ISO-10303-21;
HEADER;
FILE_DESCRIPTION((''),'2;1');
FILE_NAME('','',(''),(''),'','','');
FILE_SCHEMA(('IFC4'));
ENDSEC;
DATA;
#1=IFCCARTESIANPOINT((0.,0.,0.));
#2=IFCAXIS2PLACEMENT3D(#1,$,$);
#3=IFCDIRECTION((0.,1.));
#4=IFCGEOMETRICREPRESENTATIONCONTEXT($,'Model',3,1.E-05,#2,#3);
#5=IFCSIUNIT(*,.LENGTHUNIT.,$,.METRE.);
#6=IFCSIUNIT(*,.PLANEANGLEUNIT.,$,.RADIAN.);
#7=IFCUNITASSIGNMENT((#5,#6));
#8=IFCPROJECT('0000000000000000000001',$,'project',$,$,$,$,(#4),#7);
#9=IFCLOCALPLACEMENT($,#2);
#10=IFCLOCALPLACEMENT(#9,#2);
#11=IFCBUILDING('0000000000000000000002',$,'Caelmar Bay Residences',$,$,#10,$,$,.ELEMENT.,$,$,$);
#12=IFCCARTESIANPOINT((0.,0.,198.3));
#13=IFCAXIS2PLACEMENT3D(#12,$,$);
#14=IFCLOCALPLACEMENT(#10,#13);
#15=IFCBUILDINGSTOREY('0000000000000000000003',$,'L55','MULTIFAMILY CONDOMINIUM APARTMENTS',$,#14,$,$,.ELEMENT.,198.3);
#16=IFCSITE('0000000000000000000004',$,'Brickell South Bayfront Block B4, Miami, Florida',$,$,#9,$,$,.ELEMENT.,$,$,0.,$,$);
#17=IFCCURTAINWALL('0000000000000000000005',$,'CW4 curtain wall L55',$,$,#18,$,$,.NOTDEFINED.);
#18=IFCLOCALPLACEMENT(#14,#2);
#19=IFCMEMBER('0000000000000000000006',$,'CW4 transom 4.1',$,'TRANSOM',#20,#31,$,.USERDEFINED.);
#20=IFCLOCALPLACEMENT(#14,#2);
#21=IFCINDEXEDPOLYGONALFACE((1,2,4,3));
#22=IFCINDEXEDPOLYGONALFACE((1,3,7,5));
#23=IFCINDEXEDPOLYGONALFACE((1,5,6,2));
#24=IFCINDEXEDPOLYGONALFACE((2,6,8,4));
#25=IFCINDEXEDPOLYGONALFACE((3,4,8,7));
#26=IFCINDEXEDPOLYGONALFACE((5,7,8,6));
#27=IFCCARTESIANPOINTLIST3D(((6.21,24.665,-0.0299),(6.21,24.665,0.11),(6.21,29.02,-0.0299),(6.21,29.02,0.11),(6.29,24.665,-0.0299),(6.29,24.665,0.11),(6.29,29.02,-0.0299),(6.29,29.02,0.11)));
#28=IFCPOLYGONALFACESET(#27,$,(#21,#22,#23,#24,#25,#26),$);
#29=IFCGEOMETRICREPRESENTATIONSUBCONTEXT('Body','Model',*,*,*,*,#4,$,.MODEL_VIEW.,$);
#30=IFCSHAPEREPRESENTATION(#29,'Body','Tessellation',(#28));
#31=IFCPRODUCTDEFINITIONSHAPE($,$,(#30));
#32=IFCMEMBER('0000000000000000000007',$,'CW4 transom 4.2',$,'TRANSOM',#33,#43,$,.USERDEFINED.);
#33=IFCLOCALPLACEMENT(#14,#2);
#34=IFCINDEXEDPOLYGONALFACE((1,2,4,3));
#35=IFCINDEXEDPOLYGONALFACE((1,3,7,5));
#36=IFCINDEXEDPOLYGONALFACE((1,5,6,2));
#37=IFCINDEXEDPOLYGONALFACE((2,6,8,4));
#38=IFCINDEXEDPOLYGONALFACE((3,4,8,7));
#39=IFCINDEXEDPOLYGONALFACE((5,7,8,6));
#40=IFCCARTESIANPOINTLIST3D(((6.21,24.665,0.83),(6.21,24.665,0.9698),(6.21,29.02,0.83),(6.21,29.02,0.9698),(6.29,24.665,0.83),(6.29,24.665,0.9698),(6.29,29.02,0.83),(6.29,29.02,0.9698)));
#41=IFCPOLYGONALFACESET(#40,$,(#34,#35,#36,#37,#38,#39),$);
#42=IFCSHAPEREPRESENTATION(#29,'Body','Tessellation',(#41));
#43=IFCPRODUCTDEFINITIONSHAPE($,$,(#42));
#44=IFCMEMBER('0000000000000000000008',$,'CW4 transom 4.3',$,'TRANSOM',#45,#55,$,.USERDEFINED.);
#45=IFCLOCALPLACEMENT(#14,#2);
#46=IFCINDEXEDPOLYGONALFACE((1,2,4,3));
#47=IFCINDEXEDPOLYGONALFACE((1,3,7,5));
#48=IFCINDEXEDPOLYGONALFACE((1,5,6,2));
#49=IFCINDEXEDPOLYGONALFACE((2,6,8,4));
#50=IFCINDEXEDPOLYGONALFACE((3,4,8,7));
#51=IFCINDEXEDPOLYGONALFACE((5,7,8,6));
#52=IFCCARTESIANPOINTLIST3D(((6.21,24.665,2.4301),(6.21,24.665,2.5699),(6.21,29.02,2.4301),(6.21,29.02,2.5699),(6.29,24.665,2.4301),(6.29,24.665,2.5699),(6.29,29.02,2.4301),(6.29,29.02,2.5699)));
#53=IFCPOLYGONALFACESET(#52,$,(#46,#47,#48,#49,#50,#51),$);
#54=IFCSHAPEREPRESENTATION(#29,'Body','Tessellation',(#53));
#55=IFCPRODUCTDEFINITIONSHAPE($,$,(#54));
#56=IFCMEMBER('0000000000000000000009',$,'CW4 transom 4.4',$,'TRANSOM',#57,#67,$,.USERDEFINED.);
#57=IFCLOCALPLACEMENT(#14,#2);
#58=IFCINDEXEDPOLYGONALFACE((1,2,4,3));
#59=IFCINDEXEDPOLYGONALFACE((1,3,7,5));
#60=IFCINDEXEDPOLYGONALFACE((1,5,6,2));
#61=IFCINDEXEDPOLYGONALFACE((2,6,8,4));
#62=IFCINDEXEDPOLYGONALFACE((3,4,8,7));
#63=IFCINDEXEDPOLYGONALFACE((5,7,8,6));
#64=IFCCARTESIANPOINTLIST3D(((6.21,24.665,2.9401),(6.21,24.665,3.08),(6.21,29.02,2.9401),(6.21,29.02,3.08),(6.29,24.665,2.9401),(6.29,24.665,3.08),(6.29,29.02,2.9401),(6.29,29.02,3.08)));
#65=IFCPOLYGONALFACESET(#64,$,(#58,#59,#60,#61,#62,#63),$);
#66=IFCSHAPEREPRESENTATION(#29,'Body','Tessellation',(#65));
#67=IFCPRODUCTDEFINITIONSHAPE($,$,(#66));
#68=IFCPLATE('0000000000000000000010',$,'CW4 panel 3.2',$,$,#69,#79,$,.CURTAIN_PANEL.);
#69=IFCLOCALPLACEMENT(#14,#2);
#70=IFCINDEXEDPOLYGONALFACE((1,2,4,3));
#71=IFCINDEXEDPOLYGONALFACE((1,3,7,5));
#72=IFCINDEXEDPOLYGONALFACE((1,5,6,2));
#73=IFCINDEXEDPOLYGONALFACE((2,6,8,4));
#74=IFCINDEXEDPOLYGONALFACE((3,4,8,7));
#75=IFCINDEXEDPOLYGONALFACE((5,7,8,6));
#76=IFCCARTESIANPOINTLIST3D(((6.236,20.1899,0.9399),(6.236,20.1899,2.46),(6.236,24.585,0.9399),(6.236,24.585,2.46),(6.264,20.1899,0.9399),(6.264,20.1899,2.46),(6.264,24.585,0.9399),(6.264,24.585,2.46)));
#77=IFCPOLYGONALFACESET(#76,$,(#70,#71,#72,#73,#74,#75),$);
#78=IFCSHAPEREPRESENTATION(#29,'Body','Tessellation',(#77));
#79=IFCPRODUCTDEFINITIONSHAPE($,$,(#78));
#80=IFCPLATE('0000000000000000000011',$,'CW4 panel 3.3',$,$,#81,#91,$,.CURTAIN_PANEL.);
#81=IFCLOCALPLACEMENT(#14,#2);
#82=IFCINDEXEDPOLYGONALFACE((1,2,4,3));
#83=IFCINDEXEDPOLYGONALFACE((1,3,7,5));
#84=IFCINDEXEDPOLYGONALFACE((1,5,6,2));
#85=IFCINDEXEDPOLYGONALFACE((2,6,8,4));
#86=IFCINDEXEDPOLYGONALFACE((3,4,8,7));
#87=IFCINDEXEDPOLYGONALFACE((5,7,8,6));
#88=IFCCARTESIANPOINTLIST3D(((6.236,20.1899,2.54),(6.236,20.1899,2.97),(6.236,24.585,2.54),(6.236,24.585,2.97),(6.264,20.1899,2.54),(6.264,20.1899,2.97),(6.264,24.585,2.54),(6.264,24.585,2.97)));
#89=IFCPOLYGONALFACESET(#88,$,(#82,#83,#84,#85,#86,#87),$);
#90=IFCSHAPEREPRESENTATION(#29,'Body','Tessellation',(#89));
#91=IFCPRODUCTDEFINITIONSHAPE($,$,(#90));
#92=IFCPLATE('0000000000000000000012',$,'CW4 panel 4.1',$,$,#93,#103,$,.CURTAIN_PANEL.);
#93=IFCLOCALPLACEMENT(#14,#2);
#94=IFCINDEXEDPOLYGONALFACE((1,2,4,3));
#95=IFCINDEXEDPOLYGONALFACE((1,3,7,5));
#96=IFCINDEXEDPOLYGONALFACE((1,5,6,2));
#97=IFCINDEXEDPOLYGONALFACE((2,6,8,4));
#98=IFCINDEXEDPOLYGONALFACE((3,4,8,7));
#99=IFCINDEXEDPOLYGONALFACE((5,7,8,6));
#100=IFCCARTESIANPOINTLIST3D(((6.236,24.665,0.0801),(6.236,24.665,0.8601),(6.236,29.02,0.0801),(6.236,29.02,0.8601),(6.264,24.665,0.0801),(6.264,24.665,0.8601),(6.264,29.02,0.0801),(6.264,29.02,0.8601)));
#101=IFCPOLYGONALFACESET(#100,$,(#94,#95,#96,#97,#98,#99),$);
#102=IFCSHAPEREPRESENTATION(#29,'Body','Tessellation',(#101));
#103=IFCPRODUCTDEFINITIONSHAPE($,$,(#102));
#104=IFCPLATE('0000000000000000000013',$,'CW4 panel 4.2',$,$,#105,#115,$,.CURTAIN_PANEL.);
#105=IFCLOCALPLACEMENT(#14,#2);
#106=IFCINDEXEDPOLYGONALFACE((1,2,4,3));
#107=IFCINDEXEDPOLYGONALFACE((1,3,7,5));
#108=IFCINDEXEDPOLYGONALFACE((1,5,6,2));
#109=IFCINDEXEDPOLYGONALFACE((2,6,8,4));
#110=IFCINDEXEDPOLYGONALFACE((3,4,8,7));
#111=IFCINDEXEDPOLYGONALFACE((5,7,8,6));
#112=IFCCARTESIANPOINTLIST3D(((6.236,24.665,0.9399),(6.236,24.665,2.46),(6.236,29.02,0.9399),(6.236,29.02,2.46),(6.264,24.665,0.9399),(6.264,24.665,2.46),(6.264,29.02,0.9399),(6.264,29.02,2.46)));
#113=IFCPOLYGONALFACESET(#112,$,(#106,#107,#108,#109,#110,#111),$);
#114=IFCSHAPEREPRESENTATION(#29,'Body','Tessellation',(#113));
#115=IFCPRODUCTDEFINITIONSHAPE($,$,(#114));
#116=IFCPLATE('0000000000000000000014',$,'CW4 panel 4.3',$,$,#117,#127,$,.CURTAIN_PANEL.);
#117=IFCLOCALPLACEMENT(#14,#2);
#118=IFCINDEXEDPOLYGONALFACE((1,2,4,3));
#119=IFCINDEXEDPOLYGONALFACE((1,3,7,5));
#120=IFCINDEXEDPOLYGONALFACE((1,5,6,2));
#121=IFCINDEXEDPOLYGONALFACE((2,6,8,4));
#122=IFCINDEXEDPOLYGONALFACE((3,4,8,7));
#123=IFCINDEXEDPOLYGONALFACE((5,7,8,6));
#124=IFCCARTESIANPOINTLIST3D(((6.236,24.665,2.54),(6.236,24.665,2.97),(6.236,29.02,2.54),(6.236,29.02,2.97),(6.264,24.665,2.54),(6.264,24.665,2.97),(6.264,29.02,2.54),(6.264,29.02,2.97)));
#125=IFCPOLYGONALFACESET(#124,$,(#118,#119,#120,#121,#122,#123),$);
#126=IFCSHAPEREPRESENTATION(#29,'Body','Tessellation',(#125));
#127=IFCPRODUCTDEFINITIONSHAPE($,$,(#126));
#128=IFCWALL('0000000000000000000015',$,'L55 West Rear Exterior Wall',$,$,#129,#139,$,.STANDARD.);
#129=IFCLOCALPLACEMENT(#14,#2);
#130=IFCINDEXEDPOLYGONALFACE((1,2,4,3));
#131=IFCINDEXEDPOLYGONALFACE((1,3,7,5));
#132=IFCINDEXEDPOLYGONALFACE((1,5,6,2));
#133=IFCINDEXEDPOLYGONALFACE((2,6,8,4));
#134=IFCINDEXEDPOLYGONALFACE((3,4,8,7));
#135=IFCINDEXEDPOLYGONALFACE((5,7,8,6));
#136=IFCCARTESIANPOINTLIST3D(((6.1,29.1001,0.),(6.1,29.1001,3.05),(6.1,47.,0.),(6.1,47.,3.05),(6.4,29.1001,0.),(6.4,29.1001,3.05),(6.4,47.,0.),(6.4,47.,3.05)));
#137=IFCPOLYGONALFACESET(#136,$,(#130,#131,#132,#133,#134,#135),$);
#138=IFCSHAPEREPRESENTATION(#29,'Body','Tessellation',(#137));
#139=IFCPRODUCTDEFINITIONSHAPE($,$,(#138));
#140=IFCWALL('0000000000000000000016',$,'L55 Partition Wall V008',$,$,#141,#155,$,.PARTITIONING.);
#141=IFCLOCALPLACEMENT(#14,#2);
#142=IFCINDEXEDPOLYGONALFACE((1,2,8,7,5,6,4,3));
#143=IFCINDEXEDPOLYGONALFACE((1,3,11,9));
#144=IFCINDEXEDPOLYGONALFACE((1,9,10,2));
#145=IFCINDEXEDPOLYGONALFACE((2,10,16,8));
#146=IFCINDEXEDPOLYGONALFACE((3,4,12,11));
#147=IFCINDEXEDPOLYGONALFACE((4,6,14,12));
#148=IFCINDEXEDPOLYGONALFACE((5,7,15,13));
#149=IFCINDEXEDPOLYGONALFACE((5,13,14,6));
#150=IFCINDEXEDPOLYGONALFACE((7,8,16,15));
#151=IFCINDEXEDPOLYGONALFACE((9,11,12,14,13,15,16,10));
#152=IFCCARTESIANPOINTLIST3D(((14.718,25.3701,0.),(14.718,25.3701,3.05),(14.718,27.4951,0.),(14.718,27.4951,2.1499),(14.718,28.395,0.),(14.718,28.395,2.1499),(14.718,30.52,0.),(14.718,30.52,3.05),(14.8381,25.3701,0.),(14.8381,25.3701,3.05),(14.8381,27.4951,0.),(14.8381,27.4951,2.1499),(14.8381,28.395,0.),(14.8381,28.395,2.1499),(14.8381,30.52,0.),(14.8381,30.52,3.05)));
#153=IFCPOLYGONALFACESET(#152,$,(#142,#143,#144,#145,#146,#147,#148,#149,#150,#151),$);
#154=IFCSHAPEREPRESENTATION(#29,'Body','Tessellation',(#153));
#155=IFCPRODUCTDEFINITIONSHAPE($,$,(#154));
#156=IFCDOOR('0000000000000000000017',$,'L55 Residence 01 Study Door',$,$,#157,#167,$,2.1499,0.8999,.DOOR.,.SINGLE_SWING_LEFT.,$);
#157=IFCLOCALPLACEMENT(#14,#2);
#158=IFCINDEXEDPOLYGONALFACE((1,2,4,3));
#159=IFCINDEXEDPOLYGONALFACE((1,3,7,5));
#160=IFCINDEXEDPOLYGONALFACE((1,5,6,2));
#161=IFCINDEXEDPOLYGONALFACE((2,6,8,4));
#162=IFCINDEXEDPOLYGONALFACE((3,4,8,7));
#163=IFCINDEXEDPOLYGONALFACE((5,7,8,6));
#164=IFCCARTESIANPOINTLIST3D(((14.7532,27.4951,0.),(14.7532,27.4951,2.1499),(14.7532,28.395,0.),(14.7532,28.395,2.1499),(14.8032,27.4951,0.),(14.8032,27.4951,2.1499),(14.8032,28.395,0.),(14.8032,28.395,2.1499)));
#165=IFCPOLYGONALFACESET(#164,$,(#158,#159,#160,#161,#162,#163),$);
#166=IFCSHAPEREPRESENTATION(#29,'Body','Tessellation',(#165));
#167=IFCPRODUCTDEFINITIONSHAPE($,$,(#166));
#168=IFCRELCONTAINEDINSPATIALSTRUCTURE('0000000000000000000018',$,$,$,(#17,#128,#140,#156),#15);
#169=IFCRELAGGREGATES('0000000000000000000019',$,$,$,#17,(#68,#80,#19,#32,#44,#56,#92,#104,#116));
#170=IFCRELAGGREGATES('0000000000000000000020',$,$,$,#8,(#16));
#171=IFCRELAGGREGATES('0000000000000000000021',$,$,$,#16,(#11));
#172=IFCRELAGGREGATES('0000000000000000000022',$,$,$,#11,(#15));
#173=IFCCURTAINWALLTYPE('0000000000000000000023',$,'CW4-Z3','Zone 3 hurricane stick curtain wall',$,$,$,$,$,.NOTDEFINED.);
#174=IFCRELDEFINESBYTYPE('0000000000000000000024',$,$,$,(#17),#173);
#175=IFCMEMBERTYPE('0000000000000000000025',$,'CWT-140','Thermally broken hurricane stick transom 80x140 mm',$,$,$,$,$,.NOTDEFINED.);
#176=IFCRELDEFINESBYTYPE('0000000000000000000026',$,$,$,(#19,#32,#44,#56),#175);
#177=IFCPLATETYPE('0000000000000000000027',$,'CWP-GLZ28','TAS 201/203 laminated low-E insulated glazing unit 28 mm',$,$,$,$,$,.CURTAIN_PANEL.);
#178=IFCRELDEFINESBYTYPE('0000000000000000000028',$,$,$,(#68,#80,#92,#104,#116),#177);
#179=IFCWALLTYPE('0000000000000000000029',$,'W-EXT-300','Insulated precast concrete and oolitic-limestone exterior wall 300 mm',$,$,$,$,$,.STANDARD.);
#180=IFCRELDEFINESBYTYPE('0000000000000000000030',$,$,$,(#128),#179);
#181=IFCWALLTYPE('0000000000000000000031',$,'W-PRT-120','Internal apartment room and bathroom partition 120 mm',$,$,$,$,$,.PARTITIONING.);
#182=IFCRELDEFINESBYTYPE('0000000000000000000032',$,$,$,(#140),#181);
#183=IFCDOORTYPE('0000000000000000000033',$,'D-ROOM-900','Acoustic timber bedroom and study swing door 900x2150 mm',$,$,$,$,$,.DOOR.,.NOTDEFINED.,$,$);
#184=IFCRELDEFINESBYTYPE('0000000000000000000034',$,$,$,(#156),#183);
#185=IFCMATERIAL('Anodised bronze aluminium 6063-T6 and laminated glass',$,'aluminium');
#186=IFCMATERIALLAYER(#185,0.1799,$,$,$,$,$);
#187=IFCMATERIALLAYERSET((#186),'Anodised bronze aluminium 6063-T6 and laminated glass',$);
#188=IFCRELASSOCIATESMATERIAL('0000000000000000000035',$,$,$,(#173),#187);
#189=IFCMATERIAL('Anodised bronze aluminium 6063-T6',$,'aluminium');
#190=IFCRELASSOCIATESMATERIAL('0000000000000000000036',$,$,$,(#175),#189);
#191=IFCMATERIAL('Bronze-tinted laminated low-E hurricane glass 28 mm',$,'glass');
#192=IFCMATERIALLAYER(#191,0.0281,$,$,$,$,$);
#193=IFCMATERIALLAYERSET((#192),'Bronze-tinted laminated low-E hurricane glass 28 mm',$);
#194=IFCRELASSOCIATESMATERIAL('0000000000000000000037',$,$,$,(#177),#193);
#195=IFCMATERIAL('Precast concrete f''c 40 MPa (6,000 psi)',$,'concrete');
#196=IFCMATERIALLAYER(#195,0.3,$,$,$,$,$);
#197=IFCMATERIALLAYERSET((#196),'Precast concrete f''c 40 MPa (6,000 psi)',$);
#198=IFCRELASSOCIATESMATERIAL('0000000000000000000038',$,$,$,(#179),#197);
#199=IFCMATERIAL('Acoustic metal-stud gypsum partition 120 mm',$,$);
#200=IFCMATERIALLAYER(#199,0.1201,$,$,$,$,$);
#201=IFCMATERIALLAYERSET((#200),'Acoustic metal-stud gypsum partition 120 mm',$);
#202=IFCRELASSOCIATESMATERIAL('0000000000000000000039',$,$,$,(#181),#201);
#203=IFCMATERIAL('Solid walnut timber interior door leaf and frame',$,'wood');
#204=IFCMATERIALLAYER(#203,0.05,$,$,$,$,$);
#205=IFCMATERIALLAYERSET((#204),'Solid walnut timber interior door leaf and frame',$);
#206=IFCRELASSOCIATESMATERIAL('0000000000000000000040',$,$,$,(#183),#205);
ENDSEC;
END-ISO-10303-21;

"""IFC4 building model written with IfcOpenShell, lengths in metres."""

from ifc_helpers import new_model, si_unit, direction, frame, frame_2d, origin, origin_2d, place, context, subcontext, project, spatial, rectangle, extrude, material, layer, layer_set, material_profile, profile_set, type_object, element, fill, aggregate, save


model = new_model("IFC4")

# Units and contexts
model_context = context("Model", 3, precision=1e-05, world=origin(), true_north=direction((0.0, 1.0)))
body_context = subcontext(model_context, "Body", "Model", "MODEL_VIEW")
ifc_project = project(units=[si_unit("LENGTHUNIT", "METRE"), si_unit("PLANEANGLEUNIT", "RADIAN")], contexts=[model_context])

# Site, building, storey
site_placement = place(None, origin())
site = spatial("IfcSite", under=ifc_project, at=site_placement, Name="Brickell South Bayfront Block B4, Miami, Florida", CompositionType="ELEMENT", RefElevation=0.0)
building_placement = place(site_placement, origin())
building = spatial("IfcBuilding", under=site, at=building_placement, Name="Caelmar Bay Residences", CompositionType="ELEMENT")
storey_placement = place(building_placement, frame((0.0, 0.0, 198.3)))
storey = spatial("IfcBuildingStorey", under=building, at=storey_placement, Name="L55", Description="MULTIFAMILY CONDOMINIUM APARTMENTS", CompositionType="ELEMENT", Elevation=198.3)

# Curtain wall, members, plates
ifc_material_1 = material(Name="Anodised bronze aluminium 6063-T6 and laminated glass", Category="aluminium")
ifc_layer_1 = layer(ifc_material_1, 0.1799)
ifc_layer_set_1 = layer_set([ifc_layer_1], Name="Anodised bronze aluminium 6063-T6 and laminated glass")
curtain_wall_type = type_object("IfcCurtainWallType", Name="CW4-Z3", Description="Zone 3 hurricane stick curtain wall", PredefinedType="NOTDEFINED", material=ifc_layer_set_1)
curtain_wall_placement = place(storey_placement, origin())
curtain_wall = element("IfcCurtainWall", 1, at=curtain_wall_placement, inside=storey, type_object=curtain_wall_type, Name="CW4 curtain wall L55", PredefinedType="NOTDEFINED")
ifc_material_2 = material(Name="Anodised bronze aluminium 6063-T6", Category="aluminium")
ifc_material_profile_1 = material_profile(ifc_material_2, rectangle(XDim=0.0801, YDim=0.1399, at=origin_2d()), Name="CWT-80X140")
ifc_profile_set_1 = profile_set([ifc_material_profile_1], Name="Anodised bronze aluminium 6063-T6")
member_type_1 = type_object("IfcMemberType", Name="CWT-140", Description="Thermally broken hurricane stick transom 80x140 mm", PredefinedType="NOTDEFINED", material=ifc_profile_set_1)
member_1_placement = place(storey_placement, frame((6.25, 24.665, 0.04), z_axis=(0.0, 1.0, 0.0), x_axis=(-1.0, 0.0, 0.0)))
member_1 = element("IfcMember", 2, at=member_1_placement, type_object=member_type_1, Name="CW4 transom 4.1", ObjectType="TRANSOM", PredefinedType="USERDEFINED", context=body_context, shape_type="SweptSolid", body=[
    extrude(rectangle(XDim=0.0801, YDim=0.1399, at=origin_2d()), origin(), (0.0, 0.0, 1.0), 4.355),
])
member_2_placement = place(storey_placement, frame((6.25, 24.665, 0.8999), z_axis=(0.0, 1.0, 0.0), x_axis=(-1.0, 0.0, 0.0)))
member_2 = element("IfcMember", 3, at=member_2_placement, type_object=member_type_1, Name="CW4 transom 4.2", ObjectType="TRANSOM", PredefinedType="USERDEFINED", context=body_context, shape_type="SweptSolid", body=[
    extrude(rectangle(XDim=0.0801, YDim=0.1399, at=origin_2d()), origin(), (0.0, 0.0, 1.0), 4.355),
])
member_3_placement = place(storey_placement, frame((6.25, 24.665, 2.5), z_axis=(0.0, 1.0, 0.0), x_axis=(-1.0, 0.0, 0.0)))
member_3 = element("IfcMember", 4, at=member_3_placement, type_object=member_type_1, Name="CW4 transom 4.3", ObjectType="TRANSOM", PredefinedType="USERDEFINED", context=body_context, shape_type="SweptSolid", body=[
    extrude(rectangle(XDim=0.0801, YDim=0.1399, at=origin_2d()), origin(), (0.0, 0.0, 1.0), 4.355),
])
member_4_placement = place(storey_placement, frame((6.25, 24.665, 3.01), z_axis=(0.0, 1.0, 0.0), x_axis=(-1.0, 0.0, 0.0)))
member_4 = element("IfcMember", 5, at=member_4_placement, type_object=member_type_1, Name="CW4 transom 4.4", ObjectType="TRANSOM", PredefinedType="USERDEFINED", context=body_context, shape_type="SweptSolid", body=[
    extrude(rectangle(XDim=0.0801, YDim=0.1399, at=origin_2d()), origin(), (0.0, 0.0, 1.0), 4.355),
])
ifc_material_3 = material(Name="Bronze-tinted laminated low-E hurricane glass 28 mm", Category="glass")
ifc_layer_2 = layer(ifc_material_3, 0.0281)
ifc_layer_set_2 = layer_set([ifc_layer_2], Name="Bronze-tinted laminated low-E hurricane glass 28 mm")
plate_type = type_object("IfcPlateType", Name="CWP-GLZ28", Description="TAS 201/203 laminated low-E insulated glazing unit 28 mm", PredefinedType="CURTAIN_PANEL", material=ifc_layer_set_2)
plate_1_placement = place(storey_placement, frame((6.25, 22.3875, 0.9399), z_axis=(0.0, 0.0, 1.0), x_axis=(0.0, 1.0, 0.0)))
plate_1 = element("IfcPlate", 6, at=plate_1_placement, type_object=plate_type, Name="CW4 panel 3.2", PredefinedType="CURTAIN_PANEL", context=body_context, shape_type="SweptSolid", body=[
    extrude(rectangle(XDim=4.395, YDim=0.0281, at=origin_2d()), origin(), (0.0, 0.0, 1.0), 1.52),
])
plate_2_placement = place(storey_placement, frame((6.25, 22.3875, 2.54), z_axis=(0.0, 0.0, 1.0), x_axis=(0.0, 1.0, 0.0)))
plate_2 = element("IfcPlate", 7, at=plate_2_placement, type_object=plate_type, Name="CW4 panel 3.3", PredefinedType="CURTAIN_PANEL", context=body_context, shape_type="SweptSolid", body=[
    extrude(rectangle(XDim=4.395, YDim=0.0281, at=origin_2d()), origin(), (0.0, 0.0, 1.0), 0.4299),
])
plate_3_placement = place(storey_placement, frame((6.25, 26.8425, 0.0801), z_axis=(0.0, 0.0, 1.0), x_axis=(0.0, 1.0, 0.0)))
plate_3 = element("IfcPlate", 8, at=plate_3_placement, type_object=plate_type, Name="CW4 panel 4.1", PredefinedType="CURTAIN_PANEL", context=body_context, shape_type="SweptSolid", body=[
    extrude(rectangle(XDim=4.355, YDim=0.0281, at=origin_2d()), origin(), (0.0, 0.0, 1.0), 0.78),
])
plate_4_placement = place(storey_placement, frame((6.25, 26.8425, 0.9399), z_axis=(0.0, 0.0, 1.0), x_axis=(0.0, 1.0, 0.0)))
plate_4 = element("IfcPlate", 9, at=plate_4_placement, type_object=plate_type, Name="CW4 panel 4.2", PredefinedType="CURTAIN_PANEL", context=body_context, shape_type="SweptSolid", body=[
    extrude(rectangle(XDim=4.355, YDim=0.0281, at=origin_2d()), origin(), (0.0, 0.0, 1.0), 1.52),
])
plate_5_placement = place(storey_placement, frame((6.25, 26.8425, 2.54), z_axis=(0.0, 0.0, 1.0), x_axis=(0.0, 1.0, 0.0)))
plate_5 = element("IfcPlate", 10, at=plate_5_placement, type_object=plate_type, Name="CW4 panel 4.3", PredefinedType="CURTAIN_PANEL", context=body_context, shape_type="SweptSolid", body=[
    extrude(rectangle(XDim=4.355, YDim=0.0281, at=origin_2d()), origin(), (0.0, 0.0, 1.0), 0.4299),
])
aggregate(curtain_wall, [plate_1, plate_2, member_1, member_2, member_3, member_4, plate_3, plate_4, plate_5])

# Wall
ifc_material_4 = material(Name="Precast concrete f'c 40 MPa (6,000 psi)", Category="concrete")
ifc_layer_3 = layer(ifc_material_4, 0.3)
ifc_layer_set_3 = layer_set([ifc_layer_3], Name="Precast concrete f'c 40 MPa (6,000 psi)")
wall_type_1 = type_object("IfcWallType", Name="W-EXT-300", Description="Insulated precast concrete and oolitic-limestone exterior wall 300 mm", PredefinedType="STANDARD", material=ifc_layer_set_3)
wall_1_placement = place(storey_placement, frame((6.25, 29.1001, 0.0), z_axis=(0.0, 0.0, 1.0), x_axis=(0.0, 1.0, 0.0)))
element("IfcWall", 11, at=wall_1_placement, inside=storey, type_object=wall_type_1, Name="L55 West Rear Exterior Wall", PredefinedType="STANDARD", context=body_context, shape_type="SweptSolid", body=[
    extrude(rectangle(XDim=17.8999, YDim=0.3, at=frame_2d((8.95, 0.0))), origin(), (0.0, 0.0, 1.0), 3.05),
])

# Wall, opening, door
ifc_material_5 = material(Name="Acoustic metal-stud gypsum partition 120 mm")
ifc_layer_4 = layer(ifc_material_5, 0.1201)
ifc_layer_set_4 = layer_set([ifc_layer_4], Name="Acoustic metal-stud gypsum partition 120 mm")
wall_type_2 = type_object("IfcWallType", Name="W-PRT-120", Description="Internal apartment room and bathroom partition 120 mm", PredefinedType="PARTITIONING", material=ifc_layer_set_4)
wall_2_placement = place(storey_placement, frame((14.7781, 25.3701, 0.0), z_axis=(0.0, 0.0, 1.0), x_axis=(0.0, 1.0, 0.0)))
wall_2 = element("IfcWall", 12, at=wall_2_placement, inside=storey, type_object=wall_type_2, Name="L55 Partition Wall V008", PredefinedType="PARTITIONING", context=body_context, shape_type="SweptSolid", body=[
    extrude(rectangle(XDim=5.1499, YDim=0.1201, at=frame_2d((2.575, 0.0))), origin(), (0.0, 0.0, 1.0), 3.05),
])
opening_1_placement = place(wall_2_placement, frame((2.125, 0.0, 0.0)))
opening_1 = element("IfcOpeningElement", 13, at=opening_1_placement, cuts=wall_2, PredefinedType="OPENING", context=body_context, shape_type="SweptSolid", body=[
    extrude(rectangle(XDim=0.8999, YDim=2.1499, at=frame_2d((0.45, 1.075))), frame((0.0, 0.0701, 0.0), z_axis=(0.0, -1.0, 0.0), x_axis=(1.0, 0.0, 0.0)), (0.0, 0.0, 1.0), 0.1401),
])
ifc_material_6 = material(Name="Solid walnut timber interior door leaf and frame", Category="wood")
ifc_layer_5 = layer(ifc_material_6, 0.05)
ifc_layer_set_5 = layer_set([ifc_layer_5], Name="Solid walnut timber interior door leaf and frame")
door_type_1 = type_object("IfcDoorType", Name="D-ROOM-900", Description="Acoustic timber bedroom and study swing door 900x2150 mm", OperationType="NOTDEFINED", PredefinedType="DOOR", material=ifc_layer_set_5)
door_1_placement = place(opening_1_placement, origin())
door_1 = element("IfcDoor", 14, at=door_1_placement, inside=storey, type_object=door_type_1, Name="L55 Residence 01 Study Door", OperationType="SINGLE_SWING_LEFT", OverallHeight=2.1499, OverallWidth=0.8999, PredefinedType="DOOR", context=body_context, shape_type="SweptSolid", body=[
    extrude(rectangle(XDim=0.8999, YDim=2.1499, at=frame_2d((0.45, 1.075))), frame((0.0, 0.0249, 0.0), z_axis=(0.0, -1.0, 0.0), x_axis=(1.0, 0.0, 0.0)), (0.0, 0.0, 1.0), 0.05),
])
fill(opening_1, door_1)

save(model, "model.ifc")
